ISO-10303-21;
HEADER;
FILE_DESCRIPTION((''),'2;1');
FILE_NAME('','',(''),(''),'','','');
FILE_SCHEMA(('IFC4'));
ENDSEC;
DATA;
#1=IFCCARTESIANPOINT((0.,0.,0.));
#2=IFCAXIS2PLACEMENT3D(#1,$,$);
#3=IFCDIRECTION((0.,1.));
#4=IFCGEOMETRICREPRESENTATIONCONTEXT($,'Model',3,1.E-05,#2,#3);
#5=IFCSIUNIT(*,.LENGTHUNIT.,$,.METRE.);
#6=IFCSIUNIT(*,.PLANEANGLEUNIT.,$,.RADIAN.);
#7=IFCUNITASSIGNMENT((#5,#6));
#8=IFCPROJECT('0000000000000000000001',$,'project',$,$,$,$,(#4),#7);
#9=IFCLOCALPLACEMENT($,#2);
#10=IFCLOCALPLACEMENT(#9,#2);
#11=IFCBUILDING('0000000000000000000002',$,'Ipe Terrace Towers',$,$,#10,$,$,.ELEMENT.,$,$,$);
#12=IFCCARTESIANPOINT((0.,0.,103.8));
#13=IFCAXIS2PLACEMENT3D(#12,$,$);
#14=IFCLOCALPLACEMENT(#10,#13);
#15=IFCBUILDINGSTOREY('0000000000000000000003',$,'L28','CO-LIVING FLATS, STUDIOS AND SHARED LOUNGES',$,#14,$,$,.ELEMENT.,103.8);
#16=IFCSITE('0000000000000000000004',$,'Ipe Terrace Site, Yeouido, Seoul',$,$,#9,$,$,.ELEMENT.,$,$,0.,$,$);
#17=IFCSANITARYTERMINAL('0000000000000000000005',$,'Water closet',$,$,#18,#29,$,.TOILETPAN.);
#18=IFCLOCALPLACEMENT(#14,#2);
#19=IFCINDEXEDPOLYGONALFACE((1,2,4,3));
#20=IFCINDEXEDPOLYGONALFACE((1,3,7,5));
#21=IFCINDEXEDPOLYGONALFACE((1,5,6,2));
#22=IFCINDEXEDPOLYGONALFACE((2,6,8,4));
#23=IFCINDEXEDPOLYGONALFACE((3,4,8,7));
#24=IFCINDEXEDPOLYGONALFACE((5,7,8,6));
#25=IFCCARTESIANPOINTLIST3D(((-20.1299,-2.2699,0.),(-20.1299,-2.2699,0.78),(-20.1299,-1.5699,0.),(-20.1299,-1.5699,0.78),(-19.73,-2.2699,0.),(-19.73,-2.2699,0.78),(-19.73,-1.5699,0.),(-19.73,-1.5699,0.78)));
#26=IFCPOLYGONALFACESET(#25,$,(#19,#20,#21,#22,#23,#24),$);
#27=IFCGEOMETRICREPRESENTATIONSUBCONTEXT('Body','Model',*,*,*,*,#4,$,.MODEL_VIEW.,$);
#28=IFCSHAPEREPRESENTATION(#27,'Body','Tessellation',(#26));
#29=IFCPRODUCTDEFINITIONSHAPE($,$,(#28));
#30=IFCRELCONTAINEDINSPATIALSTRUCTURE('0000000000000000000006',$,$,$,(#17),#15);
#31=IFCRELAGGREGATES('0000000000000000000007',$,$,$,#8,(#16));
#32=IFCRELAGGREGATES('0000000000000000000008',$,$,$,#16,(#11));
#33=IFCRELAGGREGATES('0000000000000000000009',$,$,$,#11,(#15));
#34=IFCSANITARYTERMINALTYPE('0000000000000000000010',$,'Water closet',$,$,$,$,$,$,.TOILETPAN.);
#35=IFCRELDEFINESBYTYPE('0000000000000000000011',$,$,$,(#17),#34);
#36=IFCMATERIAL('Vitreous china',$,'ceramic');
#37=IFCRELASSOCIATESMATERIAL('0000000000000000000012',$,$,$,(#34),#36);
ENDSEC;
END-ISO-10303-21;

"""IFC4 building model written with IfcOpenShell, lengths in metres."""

from ifc_helpers import new_model, si_unit, direction, frame, origin, origin_2d, place, context, subcontext, project, spatial, rectangle, extrude, material, type_object, element, save


model = new_model("IFC4")

# Units and contexts
model_context = context("Model", 3, precision=1e-05, world=origin(), true_north=direction((0.0, 1.0)))
body_context = subcontext(model_context, "Body", "Model", "MODEL_VIEW")
ifc_project = project(units=[si_unit("LENGTHUNIT", "METRE"), si_unit("PLANEANGLEUNIT", "RADIAN")], contexts=[model_context])

# Site, building, storey
site_placement = place(None, origin())
site = spatial("IfcSite", under=ifc_project, at=site_placement, Name="Ipe Terrace Site, Yeouido, Seoul", CompositionType="ELEMENT", RefElevation=0.0)
building_placement = place(site_placement, origin())
building = spatial("IfcBuilding", under=site, at=building_placement, Name="Ipe Terrace Towers", CompositionType="ELEMENT")
storey_placement = place(building_placement, frame((0.0, 0.0, 103.8)))
storey = spatial("IfcBuildingStorey", under=building, at=storey_placement, Name="L28", Description="CO-LIVING FLATS, STUDIOS AND SHARED LOUNGES", CompositionType="ELEMENT", Elevation=103.8)

# Sanitary terminal
ifc_material_1 = material(Name="Vitreous china", Category="ceramic")
sanitary_terminal_type_1 = type_object("IfcSanitaryTerminalType", Name="Water closet", PredefinedType="TOILETPAN", material=ifc_material_1)
sanitary_terminal_1_placement = place(storey_placement, frame((-19.9299, -1.9199, 0.0), z_axis=(0.0, 0.0, 1.0), x_axis=(0.0, -1.0, 0.0)))
element("IfcSanitaryTerminal", 1, at=sanitary_terminal_1_placement, inside=storey, type_object=sanitary_terminal_type_1, Name="Water closet", PredefinedType="TOILETPAN", context=body_context, shape_type="SweptSolid", body=[
    extrude(rectangle(XDim=0.7, YDim=0.3999, at=origin_2d()), origin(), (0.0, 0.0, 1.0), 0.78),
])

save(model, "model.ifc")
